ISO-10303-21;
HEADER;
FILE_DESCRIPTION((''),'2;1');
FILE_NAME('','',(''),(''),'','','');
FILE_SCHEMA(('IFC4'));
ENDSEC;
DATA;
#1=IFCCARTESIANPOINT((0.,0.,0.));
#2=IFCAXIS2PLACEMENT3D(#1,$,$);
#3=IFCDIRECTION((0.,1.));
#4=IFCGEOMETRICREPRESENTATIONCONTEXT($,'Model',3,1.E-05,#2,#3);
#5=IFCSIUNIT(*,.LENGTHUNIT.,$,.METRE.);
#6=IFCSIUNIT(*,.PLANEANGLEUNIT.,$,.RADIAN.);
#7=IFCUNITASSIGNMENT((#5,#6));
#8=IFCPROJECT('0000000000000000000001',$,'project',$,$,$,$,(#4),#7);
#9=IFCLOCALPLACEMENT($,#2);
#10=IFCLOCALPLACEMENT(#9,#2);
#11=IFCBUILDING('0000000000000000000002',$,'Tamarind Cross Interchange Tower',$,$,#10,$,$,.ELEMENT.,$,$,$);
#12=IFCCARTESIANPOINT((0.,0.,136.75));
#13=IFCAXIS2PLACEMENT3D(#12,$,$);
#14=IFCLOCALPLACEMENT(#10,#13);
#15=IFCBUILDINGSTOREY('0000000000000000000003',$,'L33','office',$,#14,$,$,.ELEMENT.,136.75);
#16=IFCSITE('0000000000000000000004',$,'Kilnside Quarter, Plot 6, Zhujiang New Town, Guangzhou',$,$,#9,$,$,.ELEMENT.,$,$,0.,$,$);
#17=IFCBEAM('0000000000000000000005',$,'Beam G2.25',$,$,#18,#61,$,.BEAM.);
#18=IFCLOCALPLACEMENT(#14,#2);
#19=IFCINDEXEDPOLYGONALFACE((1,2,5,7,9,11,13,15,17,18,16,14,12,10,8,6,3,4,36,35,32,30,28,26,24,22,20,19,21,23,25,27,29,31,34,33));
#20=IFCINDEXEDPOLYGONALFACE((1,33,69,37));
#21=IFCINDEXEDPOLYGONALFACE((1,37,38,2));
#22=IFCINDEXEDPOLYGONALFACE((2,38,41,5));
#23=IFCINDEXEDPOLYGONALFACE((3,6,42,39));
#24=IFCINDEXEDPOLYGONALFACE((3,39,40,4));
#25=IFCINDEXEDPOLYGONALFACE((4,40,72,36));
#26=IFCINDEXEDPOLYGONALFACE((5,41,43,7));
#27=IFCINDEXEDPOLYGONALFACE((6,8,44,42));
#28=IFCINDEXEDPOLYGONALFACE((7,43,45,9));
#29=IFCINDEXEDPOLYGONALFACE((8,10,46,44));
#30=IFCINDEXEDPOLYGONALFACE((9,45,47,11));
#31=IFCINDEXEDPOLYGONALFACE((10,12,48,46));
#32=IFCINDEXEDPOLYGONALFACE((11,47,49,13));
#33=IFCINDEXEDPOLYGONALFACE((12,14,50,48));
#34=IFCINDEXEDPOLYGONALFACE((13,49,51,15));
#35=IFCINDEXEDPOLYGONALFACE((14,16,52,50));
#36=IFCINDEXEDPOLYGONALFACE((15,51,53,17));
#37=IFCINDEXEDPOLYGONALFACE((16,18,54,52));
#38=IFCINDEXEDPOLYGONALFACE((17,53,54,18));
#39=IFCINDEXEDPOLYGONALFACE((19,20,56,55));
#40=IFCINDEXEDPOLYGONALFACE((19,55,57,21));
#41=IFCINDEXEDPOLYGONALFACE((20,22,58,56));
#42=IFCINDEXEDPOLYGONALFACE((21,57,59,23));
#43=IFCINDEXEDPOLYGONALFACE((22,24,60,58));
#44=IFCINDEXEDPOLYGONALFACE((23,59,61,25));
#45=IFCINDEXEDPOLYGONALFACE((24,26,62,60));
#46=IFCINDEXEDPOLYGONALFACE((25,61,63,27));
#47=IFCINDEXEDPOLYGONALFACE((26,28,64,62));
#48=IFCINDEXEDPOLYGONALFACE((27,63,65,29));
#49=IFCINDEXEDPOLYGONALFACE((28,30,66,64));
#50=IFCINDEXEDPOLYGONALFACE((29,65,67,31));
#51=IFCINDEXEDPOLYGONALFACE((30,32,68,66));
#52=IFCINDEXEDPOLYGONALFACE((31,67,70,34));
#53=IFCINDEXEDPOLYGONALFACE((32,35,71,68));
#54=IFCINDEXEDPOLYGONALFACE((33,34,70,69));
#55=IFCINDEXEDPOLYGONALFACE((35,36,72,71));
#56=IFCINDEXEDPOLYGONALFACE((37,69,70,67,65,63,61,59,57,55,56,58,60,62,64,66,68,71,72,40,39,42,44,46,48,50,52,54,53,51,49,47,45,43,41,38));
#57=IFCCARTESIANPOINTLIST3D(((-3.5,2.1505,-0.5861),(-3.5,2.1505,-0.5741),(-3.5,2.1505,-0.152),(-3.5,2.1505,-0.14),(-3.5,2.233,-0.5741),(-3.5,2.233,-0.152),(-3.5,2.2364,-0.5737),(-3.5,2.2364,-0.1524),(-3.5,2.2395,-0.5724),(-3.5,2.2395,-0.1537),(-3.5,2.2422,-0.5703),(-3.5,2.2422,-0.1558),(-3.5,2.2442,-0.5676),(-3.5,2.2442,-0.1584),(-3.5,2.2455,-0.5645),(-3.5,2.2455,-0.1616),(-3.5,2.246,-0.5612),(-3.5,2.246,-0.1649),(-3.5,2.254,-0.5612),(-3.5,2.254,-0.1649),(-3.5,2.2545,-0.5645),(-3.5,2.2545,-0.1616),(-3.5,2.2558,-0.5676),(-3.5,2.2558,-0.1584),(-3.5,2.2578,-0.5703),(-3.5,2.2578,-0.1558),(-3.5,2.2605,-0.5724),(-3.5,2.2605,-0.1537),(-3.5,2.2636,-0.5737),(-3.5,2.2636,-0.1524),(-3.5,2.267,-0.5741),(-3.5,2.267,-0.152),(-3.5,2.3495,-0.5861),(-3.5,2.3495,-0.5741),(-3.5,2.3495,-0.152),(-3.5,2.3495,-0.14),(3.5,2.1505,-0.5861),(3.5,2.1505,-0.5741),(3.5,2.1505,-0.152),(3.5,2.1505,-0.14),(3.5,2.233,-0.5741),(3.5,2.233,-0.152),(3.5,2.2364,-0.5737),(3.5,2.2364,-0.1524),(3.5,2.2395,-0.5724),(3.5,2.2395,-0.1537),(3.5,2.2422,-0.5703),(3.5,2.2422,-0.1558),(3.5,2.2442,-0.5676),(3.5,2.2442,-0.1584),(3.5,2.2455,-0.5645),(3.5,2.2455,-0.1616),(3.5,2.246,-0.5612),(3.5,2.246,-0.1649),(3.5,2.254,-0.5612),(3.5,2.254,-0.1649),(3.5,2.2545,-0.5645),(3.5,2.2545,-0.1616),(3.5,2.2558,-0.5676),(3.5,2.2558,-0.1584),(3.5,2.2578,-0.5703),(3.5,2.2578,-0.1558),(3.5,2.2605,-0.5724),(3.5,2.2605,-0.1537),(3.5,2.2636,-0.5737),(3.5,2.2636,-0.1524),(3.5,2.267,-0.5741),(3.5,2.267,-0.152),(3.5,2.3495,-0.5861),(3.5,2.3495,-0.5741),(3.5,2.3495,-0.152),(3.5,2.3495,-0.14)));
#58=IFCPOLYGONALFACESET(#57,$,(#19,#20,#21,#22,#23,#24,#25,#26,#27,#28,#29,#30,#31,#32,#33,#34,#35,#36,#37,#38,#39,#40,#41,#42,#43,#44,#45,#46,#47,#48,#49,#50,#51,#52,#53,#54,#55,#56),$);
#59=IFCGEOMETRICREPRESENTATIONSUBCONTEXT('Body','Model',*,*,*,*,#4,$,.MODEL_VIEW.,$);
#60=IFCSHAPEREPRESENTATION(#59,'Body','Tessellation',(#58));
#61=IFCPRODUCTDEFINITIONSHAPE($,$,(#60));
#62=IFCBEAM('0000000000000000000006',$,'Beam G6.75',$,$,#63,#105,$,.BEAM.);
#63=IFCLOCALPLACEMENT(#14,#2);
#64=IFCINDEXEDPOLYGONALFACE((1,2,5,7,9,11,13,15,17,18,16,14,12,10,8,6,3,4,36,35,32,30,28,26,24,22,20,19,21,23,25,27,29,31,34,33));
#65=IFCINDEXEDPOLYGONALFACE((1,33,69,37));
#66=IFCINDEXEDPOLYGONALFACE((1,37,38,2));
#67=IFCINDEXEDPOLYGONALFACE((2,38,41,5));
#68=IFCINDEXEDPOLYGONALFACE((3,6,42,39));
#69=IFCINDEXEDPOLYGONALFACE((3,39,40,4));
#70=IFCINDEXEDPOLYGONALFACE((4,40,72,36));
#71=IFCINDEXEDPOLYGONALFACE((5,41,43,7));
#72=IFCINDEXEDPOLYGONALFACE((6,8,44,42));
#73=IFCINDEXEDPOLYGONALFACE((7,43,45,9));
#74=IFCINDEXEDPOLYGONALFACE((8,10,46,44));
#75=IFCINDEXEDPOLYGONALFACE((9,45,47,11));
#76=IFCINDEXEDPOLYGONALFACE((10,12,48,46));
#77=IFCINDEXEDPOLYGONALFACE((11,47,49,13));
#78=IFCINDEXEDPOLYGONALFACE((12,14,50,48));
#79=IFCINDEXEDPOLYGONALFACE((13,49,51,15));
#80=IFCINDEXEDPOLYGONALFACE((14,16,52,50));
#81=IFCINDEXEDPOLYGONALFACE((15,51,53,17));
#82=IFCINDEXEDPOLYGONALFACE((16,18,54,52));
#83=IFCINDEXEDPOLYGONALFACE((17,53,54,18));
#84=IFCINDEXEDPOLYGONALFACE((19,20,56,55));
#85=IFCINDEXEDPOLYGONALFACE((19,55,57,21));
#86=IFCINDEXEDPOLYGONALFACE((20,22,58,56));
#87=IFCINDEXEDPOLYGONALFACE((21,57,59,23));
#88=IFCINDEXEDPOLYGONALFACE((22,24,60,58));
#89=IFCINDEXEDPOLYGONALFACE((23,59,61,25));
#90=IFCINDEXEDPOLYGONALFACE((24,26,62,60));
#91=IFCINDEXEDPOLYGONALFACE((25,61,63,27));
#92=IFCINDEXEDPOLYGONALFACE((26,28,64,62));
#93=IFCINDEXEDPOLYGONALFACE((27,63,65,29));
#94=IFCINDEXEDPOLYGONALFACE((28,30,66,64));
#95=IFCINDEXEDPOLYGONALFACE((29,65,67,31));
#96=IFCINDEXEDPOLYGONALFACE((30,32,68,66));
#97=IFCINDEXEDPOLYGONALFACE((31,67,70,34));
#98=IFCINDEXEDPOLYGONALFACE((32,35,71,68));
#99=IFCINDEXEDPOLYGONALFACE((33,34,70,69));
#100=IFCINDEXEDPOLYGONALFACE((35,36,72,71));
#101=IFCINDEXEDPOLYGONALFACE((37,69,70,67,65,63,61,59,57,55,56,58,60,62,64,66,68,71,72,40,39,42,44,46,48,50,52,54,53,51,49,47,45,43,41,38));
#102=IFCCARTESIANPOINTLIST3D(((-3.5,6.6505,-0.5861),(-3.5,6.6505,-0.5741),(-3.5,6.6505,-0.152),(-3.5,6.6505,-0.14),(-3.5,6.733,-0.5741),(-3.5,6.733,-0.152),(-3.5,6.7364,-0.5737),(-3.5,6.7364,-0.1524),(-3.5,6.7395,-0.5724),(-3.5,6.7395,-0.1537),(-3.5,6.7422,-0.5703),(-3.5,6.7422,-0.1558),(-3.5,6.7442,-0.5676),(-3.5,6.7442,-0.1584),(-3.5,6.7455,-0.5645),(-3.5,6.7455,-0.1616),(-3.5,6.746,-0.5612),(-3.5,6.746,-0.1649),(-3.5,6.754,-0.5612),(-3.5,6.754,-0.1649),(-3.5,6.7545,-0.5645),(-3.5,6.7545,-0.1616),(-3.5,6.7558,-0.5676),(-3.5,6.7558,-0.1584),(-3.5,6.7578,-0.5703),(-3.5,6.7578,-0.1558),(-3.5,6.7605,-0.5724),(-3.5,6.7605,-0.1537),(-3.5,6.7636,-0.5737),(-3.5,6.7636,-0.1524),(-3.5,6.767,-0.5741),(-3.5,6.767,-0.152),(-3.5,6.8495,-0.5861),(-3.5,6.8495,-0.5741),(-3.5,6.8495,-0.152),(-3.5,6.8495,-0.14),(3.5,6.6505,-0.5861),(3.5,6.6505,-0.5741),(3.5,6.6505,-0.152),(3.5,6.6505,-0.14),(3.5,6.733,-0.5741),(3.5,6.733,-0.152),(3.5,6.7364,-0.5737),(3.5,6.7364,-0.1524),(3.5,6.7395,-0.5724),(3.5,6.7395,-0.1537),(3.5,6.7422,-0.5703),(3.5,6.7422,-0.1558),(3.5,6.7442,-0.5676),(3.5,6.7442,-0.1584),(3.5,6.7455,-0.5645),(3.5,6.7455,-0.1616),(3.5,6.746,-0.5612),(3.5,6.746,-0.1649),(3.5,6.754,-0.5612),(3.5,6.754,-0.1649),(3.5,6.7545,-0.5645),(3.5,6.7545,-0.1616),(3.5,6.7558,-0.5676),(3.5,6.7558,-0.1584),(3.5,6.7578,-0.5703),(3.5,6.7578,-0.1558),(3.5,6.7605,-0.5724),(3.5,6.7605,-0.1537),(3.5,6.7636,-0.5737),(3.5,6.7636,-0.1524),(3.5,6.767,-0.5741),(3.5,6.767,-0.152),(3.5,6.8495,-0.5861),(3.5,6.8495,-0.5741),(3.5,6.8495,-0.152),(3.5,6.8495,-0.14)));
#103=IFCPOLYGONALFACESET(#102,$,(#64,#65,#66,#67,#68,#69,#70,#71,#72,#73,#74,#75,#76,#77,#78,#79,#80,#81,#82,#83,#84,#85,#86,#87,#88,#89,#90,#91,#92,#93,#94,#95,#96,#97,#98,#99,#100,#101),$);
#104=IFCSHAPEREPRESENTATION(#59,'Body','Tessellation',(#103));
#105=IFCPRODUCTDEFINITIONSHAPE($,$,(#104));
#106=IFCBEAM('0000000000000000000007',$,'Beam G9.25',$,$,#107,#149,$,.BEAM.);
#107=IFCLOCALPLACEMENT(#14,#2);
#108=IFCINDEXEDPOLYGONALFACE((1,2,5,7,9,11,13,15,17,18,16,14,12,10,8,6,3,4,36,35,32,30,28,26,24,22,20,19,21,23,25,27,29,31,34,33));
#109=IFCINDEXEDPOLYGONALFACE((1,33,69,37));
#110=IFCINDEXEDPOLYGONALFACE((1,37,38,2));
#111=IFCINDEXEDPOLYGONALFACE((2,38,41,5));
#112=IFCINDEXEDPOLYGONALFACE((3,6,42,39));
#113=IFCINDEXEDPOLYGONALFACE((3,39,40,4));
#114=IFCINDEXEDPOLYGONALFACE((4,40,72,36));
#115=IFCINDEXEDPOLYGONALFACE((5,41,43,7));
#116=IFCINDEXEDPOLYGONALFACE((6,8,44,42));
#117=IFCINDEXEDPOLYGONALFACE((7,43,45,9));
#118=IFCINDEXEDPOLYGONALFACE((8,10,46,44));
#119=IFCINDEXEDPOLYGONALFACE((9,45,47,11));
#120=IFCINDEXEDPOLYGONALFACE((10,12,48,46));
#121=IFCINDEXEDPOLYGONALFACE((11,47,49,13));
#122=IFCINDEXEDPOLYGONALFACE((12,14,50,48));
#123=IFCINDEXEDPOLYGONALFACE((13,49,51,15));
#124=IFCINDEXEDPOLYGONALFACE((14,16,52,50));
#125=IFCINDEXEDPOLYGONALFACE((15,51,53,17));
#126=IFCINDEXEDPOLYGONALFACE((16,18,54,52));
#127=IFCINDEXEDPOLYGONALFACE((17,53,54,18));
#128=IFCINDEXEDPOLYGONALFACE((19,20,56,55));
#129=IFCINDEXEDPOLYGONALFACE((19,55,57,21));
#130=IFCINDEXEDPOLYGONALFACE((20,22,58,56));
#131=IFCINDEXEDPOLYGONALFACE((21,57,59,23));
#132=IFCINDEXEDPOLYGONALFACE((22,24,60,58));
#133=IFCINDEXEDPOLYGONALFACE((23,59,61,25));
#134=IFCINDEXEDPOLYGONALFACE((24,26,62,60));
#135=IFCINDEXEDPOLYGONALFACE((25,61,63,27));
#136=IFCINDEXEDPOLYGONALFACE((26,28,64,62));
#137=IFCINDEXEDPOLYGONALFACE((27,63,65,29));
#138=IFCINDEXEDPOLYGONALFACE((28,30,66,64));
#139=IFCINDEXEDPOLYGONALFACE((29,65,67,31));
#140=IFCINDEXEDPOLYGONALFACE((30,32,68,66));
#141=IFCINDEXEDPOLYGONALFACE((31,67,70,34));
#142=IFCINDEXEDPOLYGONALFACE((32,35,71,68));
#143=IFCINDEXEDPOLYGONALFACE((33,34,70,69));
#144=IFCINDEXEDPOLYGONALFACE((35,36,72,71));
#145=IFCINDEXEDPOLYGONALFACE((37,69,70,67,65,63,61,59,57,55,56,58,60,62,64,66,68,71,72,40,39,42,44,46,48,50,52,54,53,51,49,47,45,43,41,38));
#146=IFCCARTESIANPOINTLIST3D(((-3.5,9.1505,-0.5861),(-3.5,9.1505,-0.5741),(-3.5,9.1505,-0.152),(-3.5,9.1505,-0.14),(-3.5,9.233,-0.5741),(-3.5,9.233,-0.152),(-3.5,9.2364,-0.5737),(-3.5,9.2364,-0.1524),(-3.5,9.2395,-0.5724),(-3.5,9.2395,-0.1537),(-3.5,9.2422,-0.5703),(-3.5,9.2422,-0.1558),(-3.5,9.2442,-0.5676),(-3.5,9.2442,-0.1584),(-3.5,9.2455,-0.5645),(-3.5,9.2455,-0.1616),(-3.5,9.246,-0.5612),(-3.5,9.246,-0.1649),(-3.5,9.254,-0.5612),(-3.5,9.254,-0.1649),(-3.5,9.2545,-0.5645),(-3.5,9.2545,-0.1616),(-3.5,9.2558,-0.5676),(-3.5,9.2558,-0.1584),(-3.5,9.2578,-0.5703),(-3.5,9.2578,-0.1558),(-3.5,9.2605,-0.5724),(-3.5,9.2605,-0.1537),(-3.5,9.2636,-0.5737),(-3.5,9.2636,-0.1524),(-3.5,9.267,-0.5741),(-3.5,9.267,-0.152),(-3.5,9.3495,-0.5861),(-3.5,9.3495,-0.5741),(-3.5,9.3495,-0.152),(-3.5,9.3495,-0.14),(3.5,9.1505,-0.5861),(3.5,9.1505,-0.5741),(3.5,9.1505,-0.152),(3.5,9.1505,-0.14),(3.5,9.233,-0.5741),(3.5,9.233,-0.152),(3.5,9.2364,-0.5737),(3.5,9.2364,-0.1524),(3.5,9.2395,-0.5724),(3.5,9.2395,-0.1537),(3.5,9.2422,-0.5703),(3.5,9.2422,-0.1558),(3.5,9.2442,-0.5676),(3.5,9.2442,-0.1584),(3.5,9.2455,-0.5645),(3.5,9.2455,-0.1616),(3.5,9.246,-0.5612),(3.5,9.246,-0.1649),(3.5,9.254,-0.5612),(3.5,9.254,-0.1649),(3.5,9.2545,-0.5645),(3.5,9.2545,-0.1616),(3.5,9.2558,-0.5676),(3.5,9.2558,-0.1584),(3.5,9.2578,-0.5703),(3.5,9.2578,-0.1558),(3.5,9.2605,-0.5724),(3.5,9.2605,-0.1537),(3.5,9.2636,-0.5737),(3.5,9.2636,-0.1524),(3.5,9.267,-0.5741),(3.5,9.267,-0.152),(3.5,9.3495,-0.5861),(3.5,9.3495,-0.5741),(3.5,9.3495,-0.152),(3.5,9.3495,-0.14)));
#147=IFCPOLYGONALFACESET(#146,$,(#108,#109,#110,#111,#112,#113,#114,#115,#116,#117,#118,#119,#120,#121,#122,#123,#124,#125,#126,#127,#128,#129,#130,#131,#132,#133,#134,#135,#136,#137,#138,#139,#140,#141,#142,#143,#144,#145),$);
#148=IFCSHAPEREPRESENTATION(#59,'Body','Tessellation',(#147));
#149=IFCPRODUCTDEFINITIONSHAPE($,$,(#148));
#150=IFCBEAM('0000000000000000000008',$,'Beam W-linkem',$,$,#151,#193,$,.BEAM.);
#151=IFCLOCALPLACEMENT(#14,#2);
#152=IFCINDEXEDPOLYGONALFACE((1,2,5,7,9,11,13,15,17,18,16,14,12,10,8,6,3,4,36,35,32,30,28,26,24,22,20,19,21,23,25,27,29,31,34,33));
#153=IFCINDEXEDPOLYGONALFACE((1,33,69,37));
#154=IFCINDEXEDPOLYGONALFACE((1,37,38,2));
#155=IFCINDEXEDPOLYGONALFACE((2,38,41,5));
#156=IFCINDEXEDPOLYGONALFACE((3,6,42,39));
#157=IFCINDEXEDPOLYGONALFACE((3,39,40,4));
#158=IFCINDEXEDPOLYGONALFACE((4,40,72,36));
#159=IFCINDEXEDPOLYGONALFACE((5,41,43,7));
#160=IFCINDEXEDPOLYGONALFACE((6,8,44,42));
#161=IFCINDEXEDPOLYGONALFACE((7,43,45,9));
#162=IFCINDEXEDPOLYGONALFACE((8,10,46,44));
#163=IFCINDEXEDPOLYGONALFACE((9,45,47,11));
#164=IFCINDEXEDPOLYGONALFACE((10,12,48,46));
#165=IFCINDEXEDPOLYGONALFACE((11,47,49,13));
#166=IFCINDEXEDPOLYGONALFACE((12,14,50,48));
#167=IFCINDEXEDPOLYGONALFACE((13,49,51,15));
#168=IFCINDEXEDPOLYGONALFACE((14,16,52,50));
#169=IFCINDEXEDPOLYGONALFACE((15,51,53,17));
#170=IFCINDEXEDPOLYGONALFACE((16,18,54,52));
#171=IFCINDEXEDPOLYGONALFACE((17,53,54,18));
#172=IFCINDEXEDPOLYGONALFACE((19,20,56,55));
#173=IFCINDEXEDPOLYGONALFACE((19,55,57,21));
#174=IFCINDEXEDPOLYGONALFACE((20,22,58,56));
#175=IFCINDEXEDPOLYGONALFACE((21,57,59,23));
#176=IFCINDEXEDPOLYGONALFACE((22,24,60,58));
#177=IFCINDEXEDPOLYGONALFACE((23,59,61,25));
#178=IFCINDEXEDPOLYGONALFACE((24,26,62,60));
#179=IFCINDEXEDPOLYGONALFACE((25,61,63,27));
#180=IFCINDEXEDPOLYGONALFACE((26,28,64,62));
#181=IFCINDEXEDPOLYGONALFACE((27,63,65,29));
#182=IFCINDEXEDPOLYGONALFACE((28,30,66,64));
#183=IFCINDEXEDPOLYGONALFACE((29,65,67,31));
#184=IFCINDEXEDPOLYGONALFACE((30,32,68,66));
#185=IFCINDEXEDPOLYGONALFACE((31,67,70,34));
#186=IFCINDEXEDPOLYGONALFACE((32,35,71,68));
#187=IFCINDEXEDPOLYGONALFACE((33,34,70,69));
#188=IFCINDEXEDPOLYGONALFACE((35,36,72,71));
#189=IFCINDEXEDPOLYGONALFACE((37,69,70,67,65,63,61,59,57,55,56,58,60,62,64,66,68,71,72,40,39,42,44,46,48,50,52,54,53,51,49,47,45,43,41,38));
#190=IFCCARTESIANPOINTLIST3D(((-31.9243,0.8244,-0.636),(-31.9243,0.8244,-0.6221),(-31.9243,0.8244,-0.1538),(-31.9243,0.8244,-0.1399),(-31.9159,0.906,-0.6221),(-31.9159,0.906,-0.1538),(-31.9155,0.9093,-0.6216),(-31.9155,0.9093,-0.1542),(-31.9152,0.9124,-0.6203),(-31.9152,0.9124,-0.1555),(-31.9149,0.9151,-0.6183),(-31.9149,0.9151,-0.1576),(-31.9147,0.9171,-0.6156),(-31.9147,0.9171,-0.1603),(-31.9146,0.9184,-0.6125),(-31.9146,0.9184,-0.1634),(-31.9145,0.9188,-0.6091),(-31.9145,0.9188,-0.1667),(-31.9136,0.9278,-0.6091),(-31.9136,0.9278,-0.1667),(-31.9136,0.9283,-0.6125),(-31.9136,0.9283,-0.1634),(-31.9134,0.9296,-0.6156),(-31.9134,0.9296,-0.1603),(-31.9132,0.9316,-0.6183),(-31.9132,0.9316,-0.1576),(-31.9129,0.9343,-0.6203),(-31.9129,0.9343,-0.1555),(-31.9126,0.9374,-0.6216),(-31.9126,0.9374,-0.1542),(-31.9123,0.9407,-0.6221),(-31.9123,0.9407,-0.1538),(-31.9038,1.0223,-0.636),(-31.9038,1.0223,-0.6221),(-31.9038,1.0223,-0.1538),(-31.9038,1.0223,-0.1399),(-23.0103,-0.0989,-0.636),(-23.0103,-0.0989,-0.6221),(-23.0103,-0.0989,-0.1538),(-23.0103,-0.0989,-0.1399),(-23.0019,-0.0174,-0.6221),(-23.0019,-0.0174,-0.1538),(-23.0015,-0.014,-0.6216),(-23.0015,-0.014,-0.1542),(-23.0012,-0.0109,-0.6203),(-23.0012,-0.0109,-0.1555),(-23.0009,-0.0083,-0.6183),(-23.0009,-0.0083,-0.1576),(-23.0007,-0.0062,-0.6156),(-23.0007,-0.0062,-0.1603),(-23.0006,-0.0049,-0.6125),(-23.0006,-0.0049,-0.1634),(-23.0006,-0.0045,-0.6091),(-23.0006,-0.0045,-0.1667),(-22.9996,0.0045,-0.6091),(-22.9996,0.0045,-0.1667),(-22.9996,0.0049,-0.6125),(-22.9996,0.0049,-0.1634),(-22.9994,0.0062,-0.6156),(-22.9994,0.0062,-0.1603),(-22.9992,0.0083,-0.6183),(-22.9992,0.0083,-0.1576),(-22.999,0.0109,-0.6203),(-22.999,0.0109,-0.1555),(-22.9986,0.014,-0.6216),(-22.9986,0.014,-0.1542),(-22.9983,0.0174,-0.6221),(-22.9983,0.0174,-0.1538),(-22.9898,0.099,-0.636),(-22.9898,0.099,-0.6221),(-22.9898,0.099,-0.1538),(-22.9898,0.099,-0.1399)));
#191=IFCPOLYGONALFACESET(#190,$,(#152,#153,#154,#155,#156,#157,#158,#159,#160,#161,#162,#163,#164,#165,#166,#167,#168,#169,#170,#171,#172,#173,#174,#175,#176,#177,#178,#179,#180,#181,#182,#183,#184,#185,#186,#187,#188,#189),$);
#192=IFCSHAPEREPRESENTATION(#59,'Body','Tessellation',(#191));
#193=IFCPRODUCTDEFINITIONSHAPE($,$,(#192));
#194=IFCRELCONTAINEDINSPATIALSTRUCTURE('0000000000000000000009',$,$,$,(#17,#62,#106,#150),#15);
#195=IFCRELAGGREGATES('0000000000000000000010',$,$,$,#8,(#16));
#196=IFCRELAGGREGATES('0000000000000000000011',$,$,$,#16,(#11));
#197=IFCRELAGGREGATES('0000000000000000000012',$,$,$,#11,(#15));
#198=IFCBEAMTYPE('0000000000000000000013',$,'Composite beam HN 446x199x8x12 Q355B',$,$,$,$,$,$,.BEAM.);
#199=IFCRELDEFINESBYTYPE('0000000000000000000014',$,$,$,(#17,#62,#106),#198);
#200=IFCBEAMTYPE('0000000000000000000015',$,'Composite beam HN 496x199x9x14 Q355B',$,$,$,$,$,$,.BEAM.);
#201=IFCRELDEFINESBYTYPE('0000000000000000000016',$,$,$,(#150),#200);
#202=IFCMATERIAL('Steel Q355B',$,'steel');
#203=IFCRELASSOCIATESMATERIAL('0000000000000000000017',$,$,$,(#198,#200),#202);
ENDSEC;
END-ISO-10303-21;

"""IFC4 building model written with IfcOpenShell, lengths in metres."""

from ifc_helpers import new_model, si_unit, direction, frame, origin, origin_2d, place, context, subcontext, project, spatial, i_section, extrude, material, material_profile, profile_set, type_object, element, save


model = new_model("IFC4")

# Units and contexts
model_context = context("Model", 3, precision=1e-05, world=origin(), true_north=direction((0.0, 1.0)))
body_context = subcontext(model_context, "Body", "Model", "MODEL_VIEW")
ifc_project = project(units=[si_unit("LENGTHUNIT", "METRE"), si_unit("PLANEANGLEUNIT", "RADIAN")], contexts=[model_context])

# Site, building, storey
site_placement = place(None, origin())
site = spatial("IfcSite", under=ifc_project, at=site_placement, Name="Kilnside Quarter, Plot 6, Zhujiang New Town, Guangzhou", CompositionType="ELEMENT", RefElevation=0.0)
building_placement = place(site_placement, origin())
building = spatial("IfcBuilding", under=site, at=building_placement, Name="Tamarind Cross Interchange Tower", CompositionType="ELEMENT")
storey_placement = place(building_placement, frame((0.0, 0.0, 136.75)))
storey = spatial("IfcBuildingStorey", under=building, at=storey_placement, Name="L33", Description="office", CompositionType="ELEMENT", Elevation=136.75)

# Beams
ifc_material_1 = material(Name="Steel Q355B", Category="steel")
ifc_material_profile_1 = material_profile(ifc_material_1, i_section(OverallWidth=0.199, OverallDepth=0.446, WebThickness=0.0081, FlangeThickness=0.012, FilletRadius=0.0129, at=origin_2d()), Name="HN 446x199x8x12")
ifc_profile_set_1 = profile_set([ifc_material_profile_1], Name="Steel Q355B")
beam_type_1 = type_object("IfcBeamType", Name="Composite beam HN 446x199x8x12 Q355B", PredefinedType="BEAM", material=ifc_profile_set_1)
for number, where, z_axis, x_axis, name in (
    (1, (-3.5, 2.25, -0.363), (1.0, 0.0, 0.0), (0.0, 1.0, 0.0), "Beam G2.25"),
    (2, (-3.5, 6.75, -0.363), (1.0, 0.0, 0.0), (0.0, 1.0, 0.0), "Beam G6.75"),
    (3, (-3.5, 9.25, -0.363), (1.0, 0.0, 0.0), (0.0, 1.0, 0.0), "Beam G9.25"),
):
    element("IfcBeam", number, at=place(storey_placement, frame(where, z_axis=z_axis, x_axis=x_axis)), inside=storey, type_object=beam_type_1, Name=name, PredefinedType="BEAM", context=body_context, shape_type="SweptSolid", body=[
        extrude(i_section(OverallWidth=0.199, OverallDepth=0.446, WebThickness=0.0081, FlangeThickness=0.012, FilletRadius=0.0129, at=origin_2d()), origin(), (0.0, 0.0, 1.0), 7.0),
    ])
ifc_material_profile_2 = material_profile(ifc_material_1, i_section(OverallWidth=0.199, OverallDepth=0.4961, WebThickness=0.009, FlangeThickness=0.0139, FilletRadius=0.0129, at=origin_2d()), Name="HN 496x199x9x14")
ifc_profile_set_2 = profile_set([ifc_material_profile_2], Name="Steel Q355B")
beam_type_2 = type_object("IfcBeamType", Name="Composite beam HN 496x199x9x14 Q355B", PredefinedType="BEAM", material=ifc_profile_set_2)
beam_1_placement = place(storey_placement, frame((-31.9141, 0.9233, -0.3879), z_axis=(0.994678, -0.103031, 0.0), x_axis=(0.103031, 0.994678, 0.0)))
element("IfcBeam", 4, at=beam_1_placement, inside=storey, type_object=beam_type_2, Name="Beam W-linkem", PredefinedType="BEAM", context=body_context, shape_type="SweptSolid", body=[
    extrude(i_section(OverallWidth=0.199, OverallDepth=0.4961, WebThickness=0.009, FlangeThickness=0.0139, FilletRadius=0.0129, at=origin_2d()), origin(), (0.0, 0.0, 1.0), 8.9617),
])

save(model, "model.ifc")
